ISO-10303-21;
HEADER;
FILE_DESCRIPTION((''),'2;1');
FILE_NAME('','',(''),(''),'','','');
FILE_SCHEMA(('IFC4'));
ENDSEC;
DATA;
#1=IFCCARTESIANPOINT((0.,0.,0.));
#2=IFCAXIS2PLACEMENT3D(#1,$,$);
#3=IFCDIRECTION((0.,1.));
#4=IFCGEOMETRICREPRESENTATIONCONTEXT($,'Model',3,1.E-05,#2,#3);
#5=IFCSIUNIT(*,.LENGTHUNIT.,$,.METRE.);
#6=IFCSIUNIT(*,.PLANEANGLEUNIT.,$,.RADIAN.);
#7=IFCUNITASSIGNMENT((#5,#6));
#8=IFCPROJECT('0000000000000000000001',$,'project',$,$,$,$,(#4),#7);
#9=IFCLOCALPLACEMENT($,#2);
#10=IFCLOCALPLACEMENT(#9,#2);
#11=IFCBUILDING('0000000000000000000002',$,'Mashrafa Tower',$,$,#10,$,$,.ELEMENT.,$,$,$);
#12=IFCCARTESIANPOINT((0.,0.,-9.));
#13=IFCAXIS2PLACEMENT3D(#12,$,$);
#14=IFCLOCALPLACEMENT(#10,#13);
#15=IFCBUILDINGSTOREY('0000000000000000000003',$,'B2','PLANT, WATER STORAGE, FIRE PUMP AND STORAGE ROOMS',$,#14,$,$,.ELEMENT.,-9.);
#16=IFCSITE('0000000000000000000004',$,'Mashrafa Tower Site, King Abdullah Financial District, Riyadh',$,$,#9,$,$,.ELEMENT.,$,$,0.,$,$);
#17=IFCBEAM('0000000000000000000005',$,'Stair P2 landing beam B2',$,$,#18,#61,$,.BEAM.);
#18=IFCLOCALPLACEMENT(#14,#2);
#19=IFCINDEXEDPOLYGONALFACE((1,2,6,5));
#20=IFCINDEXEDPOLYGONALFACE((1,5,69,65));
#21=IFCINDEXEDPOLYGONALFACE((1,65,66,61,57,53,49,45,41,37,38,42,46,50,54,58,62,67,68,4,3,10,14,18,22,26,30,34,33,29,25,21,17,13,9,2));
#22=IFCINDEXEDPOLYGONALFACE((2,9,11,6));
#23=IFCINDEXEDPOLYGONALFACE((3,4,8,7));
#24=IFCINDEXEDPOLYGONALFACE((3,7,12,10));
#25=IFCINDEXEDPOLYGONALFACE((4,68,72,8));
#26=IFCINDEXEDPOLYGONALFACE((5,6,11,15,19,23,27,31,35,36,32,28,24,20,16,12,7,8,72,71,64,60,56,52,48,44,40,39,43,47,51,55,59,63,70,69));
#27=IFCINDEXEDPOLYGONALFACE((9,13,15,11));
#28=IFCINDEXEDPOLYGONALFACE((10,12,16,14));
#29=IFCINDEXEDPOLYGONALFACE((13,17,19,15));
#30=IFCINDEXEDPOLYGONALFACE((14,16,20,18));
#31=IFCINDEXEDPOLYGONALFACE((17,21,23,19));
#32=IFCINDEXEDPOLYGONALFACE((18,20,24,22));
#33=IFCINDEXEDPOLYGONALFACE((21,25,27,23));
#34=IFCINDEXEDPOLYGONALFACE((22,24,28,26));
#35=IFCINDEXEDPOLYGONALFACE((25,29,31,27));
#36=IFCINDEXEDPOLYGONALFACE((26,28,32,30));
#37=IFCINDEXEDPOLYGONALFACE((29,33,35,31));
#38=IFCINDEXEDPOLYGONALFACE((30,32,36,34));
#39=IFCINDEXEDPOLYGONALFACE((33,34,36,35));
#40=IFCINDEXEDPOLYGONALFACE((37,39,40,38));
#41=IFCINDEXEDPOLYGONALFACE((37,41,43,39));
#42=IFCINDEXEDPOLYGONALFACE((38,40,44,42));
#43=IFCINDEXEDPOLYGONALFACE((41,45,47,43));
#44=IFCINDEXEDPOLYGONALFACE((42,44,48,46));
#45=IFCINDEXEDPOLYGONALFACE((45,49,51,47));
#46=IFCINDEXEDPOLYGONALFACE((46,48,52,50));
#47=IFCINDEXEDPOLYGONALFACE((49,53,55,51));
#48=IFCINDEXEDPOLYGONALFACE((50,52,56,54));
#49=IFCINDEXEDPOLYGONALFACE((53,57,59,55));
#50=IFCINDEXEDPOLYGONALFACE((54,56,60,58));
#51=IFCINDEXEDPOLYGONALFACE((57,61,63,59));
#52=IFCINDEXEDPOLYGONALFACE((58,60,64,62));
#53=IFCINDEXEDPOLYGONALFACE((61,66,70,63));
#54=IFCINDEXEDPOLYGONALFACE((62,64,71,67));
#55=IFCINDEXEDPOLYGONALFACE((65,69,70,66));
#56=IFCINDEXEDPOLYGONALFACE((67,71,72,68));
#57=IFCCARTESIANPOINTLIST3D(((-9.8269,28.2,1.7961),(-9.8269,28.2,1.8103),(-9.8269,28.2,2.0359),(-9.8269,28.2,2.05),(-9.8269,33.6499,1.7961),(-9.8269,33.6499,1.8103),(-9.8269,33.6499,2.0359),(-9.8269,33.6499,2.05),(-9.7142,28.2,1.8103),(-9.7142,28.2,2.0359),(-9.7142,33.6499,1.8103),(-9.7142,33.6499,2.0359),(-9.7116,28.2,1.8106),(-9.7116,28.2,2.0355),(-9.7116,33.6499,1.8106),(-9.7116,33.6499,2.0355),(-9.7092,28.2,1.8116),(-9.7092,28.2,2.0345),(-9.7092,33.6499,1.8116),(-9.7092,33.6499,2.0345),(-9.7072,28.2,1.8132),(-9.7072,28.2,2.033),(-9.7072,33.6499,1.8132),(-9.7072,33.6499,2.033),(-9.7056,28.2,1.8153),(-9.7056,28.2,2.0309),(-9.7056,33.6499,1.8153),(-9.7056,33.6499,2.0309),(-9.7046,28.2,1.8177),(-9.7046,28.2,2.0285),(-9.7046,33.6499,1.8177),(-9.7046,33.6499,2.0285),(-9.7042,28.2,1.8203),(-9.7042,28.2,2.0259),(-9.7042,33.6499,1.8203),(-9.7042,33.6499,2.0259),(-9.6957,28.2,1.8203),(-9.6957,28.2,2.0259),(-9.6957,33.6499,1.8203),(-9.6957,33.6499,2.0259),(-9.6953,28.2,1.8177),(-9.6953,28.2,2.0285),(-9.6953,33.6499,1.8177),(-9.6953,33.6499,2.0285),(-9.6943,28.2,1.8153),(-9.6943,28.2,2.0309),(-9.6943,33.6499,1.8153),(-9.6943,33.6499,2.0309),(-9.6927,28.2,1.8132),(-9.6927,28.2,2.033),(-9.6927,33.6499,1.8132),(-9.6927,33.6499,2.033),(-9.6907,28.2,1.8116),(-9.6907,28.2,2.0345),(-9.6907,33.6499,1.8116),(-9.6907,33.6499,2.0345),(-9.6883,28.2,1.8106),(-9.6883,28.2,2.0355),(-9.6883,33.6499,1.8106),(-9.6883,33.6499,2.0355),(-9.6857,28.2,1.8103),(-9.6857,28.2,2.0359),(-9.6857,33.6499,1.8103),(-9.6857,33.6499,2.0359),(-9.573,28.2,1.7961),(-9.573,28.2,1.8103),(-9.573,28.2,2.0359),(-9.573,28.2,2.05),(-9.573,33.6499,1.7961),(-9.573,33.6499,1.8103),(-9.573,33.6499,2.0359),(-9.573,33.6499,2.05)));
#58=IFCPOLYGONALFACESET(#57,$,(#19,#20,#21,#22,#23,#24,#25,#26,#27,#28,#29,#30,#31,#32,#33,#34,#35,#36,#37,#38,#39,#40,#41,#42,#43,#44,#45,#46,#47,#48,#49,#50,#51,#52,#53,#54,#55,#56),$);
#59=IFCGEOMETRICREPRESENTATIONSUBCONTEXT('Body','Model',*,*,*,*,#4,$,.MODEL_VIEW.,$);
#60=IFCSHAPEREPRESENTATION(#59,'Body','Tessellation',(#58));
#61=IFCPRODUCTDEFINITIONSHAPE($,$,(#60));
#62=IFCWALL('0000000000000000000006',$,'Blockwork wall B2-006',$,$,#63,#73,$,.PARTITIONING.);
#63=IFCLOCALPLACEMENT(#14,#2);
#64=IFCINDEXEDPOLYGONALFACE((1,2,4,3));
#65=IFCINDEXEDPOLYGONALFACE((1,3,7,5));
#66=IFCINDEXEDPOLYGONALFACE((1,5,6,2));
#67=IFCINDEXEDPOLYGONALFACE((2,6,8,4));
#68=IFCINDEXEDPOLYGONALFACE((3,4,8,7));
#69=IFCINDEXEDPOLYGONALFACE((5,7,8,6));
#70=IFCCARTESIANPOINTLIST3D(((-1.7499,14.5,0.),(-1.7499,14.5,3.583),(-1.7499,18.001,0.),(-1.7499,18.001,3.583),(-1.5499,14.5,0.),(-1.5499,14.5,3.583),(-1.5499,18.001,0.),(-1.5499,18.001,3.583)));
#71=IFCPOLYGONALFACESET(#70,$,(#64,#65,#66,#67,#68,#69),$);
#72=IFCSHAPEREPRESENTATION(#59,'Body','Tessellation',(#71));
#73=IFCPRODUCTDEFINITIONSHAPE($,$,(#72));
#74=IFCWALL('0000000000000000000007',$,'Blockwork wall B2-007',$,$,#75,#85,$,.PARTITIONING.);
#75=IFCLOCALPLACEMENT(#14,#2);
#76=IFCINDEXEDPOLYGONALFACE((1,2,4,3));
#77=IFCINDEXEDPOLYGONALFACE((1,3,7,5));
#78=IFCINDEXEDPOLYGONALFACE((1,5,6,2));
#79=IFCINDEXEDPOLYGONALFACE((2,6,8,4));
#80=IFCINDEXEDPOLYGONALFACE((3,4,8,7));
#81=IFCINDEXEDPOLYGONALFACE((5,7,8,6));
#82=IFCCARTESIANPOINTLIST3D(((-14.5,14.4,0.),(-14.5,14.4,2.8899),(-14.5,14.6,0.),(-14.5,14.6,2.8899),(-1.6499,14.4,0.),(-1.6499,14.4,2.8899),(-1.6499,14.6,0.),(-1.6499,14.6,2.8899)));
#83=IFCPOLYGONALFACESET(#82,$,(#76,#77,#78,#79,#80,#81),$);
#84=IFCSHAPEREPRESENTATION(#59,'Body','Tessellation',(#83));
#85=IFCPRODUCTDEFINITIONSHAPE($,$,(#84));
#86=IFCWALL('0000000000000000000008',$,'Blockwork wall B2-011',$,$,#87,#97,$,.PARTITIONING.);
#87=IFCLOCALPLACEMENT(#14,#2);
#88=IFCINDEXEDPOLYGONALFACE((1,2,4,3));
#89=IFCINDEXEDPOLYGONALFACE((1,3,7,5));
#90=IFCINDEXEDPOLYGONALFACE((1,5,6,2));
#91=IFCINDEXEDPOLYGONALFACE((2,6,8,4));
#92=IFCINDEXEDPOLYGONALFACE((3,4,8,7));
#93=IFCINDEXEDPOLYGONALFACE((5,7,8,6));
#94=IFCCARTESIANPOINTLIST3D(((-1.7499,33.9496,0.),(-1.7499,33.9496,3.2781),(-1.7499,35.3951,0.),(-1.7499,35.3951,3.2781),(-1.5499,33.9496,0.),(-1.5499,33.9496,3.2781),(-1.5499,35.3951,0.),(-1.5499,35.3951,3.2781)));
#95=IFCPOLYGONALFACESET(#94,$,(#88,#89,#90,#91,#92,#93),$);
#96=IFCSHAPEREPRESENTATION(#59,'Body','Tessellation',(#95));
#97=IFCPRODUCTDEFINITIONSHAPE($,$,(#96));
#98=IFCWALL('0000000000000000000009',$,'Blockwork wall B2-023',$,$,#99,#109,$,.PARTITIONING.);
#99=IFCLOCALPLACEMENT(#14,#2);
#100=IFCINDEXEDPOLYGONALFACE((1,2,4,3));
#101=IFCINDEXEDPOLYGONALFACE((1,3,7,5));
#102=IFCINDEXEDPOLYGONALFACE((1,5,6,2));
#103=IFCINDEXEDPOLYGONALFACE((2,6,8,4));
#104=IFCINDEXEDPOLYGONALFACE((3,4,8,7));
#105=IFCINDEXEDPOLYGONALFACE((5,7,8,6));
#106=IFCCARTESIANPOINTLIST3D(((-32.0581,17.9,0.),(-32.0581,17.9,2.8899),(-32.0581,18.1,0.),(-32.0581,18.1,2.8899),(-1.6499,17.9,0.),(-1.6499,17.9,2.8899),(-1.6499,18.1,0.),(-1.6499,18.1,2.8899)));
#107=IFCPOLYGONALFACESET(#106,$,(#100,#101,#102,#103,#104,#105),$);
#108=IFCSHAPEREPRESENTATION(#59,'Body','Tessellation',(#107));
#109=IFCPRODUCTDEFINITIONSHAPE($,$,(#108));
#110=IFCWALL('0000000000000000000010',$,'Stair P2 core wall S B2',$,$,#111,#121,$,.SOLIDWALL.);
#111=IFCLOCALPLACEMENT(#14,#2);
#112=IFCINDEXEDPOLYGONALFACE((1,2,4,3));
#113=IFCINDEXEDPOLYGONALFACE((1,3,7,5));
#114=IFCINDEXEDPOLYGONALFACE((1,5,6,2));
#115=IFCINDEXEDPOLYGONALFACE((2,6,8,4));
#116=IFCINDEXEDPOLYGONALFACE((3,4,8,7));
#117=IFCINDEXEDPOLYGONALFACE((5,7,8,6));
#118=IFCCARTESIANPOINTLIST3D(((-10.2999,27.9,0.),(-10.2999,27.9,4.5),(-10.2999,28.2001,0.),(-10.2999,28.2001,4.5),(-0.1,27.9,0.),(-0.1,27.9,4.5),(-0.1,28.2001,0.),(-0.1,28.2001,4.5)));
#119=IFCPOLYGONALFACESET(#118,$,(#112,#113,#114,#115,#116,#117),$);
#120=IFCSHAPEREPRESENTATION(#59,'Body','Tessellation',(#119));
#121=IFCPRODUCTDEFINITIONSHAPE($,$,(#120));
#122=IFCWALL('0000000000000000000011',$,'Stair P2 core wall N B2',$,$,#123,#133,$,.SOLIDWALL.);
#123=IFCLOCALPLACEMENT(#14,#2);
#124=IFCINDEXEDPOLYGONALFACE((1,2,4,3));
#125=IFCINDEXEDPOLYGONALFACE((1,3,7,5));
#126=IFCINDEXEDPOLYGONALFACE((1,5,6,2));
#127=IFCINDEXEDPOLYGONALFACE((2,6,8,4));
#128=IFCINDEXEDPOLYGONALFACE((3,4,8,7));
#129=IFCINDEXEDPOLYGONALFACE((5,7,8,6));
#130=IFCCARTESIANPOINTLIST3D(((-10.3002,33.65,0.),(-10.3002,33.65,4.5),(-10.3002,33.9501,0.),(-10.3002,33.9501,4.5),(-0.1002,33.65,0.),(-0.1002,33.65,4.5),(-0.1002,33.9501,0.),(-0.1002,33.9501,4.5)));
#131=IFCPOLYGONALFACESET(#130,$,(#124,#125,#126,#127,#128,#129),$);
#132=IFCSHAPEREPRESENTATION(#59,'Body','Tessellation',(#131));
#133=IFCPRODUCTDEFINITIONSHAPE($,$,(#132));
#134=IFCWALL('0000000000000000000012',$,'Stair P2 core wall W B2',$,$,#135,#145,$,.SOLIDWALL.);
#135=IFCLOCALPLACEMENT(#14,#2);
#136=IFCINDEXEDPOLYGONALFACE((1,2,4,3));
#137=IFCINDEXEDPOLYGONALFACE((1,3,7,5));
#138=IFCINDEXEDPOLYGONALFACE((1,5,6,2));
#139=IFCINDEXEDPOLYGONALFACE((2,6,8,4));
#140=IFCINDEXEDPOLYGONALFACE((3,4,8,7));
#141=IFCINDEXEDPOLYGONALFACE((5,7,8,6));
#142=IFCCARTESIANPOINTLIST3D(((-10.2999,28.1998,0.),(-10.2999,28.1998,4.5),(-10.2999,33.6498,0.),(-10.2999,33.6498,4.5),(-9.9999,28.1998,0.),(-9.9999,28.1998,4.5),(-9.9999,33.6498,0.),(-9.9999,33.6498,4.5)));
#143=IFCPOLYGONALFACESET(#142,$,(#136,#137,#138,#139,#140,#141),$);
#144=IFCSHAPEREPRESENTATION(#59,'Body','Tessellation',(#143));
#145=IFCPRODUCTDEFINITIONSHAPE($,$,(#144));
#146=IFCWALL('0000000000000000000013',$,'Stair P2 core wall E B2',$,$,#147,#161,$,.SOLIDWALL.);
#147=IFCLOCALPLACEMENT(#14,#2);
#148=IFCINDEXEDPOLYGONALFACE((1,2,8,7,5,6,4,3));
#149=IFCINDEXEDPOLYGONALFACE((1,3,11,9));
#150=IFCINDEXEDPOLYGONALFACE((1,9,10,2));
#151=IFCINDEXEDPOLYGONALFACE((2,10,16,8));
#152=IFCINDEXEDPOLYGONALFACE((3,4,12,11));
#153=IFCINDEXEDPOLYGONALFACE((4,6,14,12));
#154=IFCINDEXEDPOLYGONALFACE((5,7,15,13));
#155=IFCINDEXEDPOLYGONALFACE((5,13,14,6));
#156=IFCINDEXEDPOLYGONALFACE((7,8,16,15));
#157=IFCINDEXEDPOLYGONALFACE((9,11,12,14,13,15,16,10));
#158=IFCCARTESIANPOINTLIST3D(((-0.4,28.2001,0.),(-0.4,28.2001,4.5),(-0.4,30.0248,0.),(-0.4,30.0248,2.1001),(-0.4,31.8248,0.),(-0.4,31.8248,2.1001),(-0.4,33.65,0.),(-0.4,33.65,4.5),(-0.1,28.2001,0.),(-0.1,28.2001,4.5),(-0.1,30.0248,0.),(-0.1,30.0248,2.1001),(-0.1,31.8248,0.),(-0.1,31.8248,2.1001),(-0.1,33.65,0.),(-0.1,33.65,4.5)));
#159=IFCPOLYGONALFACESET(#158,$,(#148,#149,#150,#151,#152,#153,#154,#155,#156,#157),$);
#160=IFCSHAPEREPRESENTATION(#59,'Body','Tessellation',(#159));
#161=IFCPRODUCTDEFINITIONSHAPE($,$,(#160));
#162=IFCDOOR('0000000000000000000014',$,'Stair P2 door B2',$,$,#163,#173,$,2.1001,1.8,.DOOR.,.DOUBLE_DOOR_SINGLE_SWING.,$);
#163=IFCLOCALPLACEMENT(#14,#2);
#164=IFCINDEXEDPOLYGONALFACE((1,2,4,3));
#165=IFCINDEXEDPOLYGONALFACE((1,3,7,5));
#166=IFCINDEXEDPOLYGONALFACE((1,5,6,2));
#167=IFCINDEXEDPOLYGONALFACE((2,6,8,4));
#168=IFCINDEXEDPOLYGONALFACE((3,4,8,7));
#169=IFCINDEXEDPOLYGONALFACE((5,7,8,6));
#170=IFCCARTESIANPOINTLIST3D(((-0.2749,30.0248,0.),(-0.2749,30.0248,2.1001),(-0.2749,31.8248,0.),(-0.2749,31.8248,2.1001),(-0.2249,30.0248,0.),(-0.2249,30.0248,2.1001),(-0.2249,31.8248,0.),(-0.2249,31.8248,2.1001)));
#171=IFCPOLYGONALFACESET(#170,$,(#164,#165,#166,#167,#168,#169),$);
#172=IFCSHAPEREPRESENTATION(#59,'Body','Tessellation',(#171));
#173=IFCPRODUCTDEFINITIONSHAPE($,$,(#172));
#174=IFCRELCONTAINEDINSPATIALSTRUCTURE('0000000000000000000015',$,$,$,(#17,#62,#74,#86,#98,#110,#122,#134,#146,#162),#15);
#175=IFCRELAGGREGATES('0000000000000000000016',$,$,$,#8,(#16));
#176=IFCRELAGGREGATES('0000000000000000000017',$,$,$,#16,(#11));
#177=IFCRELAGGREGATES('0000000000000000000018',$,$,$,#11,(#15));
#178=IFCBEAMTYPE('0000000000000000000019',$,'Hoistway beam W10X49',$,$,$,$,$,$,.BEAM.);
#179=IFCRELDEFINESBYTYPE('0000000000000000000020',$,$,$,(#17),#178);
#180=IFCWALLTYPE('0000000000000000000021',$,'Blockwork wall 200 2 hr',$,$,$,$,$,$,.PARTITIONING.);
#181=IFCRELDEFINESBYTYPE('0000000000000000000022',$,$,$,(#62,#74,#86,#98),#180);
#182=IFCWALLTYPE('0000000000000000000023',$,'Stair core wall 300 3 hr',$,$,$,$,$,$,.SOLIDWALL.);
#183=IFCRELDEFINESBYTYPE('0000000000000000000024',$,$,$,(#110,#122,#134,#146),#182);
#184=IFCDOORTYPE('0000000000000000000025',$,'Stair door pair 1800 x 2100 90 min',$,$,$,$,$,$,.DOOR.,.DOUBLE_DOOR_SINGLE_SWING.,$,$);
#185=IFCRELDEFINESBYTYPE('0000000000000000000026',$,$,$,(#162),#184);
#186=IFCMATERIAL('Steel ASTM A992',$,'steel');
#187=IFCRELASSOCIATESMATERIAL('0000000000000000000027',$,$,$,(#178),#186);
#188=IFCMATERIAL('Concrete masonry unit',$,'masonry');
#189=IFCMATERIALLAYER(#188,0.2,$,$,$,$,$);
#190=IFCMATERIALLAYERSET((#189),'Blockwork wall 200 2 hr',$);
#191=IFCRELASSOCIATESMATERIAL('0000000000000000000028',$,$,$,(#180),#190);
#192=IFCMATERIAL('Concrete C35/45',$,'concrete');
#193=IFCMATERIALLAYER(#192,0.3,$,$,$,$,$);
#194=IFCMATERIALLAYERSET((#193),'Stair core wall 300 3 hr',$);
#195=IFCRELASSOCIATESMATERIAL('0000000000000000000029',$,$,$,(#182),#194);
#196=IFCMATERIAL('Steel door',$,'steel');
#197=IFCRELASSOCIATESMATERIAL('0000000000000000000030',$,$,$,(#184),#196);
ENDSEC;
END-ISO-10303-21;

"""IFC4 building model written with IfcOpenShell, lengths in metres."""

from ifc_helpers import new_model, si_unit, direction, frame, frame_2d, origin, origin_2d, place, context, subcontext, project, spatial, rectangle, i_section, extrude, material, layer, layer_set, material_profile, profile_set, type_object, element, fill, save


model = new_model("IFC4")

# Units and contexts
model_context = context("Model", 3, precision=1e-05, world=origin(), true_north=direction((0.0, 1.0)))
body_context = subcontext(model_context, "Body", "Model", "MODEL_VIEW")
ifc_project = project(units=[si_unit("LENGTHUNIT", "METRE"), si_unit("PLANEANGLEUNIT", "RADIAN")], contexts=[model_context])

# Site, building, storey
site_placement = place(None, origin())
site = spatial("IfcSite", under=ifc_project, at=site_placement, Name="Mashrafa Tower Site, King Abdullah Financial District, Riyadh", CompositionType="ELEMENT", RefElevation=0.0)
building_placement = place(site_placement, origin())
building = spatial("IfcBuilding", under=site, at=building_placement, Name="Mashrafa Tower", CompositionType="ELEMENT")
storey_placement = place(building_placement, frame((0.0, 0.0, -9.0)))
storey = spatial("IfcBuildingStorey", under=building, at=storey_placement, Name="B2", Description="PLANT, WATER STORAGE, FIRE PUMP AND STORAGE ROOMS", CompositionType="ELEMENT", Elevation=-9.0)

# Beam
ifc_material_1 = material(Name="Steel ASTM A992", Category="steel")
ifc_material_profile_1 = material_profile(ifc_material_1, i_section(OverallWidth=0.2539, OverallDepth=0.2539, WebThickness=0.0085, FlangeThickness=0.0142, FilletRadius=0.01, at=origin_2d()), Name="W10X49")
ifc_profile_set_1 = profile_set([ifc_material_profile_1], Name="Steel ASTM A992")
beam_type = type_object("IfcBeamType", Name="Hoistway beam W10X49", PredefinedType="BEAM", material=ifc_profile_set_1)
beam_placement = place(storey_placement, frame((-9.7, 28.2, 1.9231), z_axis=(0.0, 1.0, 0.0), x_axis=(-1.0, 0.0, 0.0)))
element("IfcBeam", 1, at=beam_placement, inside=storey, type_object=beam_type, Name="Stair P2 landing beam B2", PredefinedType="BEAM", context=body_context, shape_type="SweptSolid", body=[
    extrude(i_section(OverallWidth=0.2539, OverallDepth=0.2539, WebThickness=0.0085, FlangeThickness=0.0142, FilletRadius=0.01, at=origin_2d()), origin(), (0.0, 0.0, 1.0), 5.45),
])

# Walls
ifc_material_2 = material(Name="Concrete masonry unit", Category="masonry")
ifc_layer_1 = layer(ifc_material_2, 0.2)
ifc_layer_set_1 = layer_set([ifc_layer_1], Name="Blockwork wall 200 2 hr")
wall_type_1 = type_object("IfcWallType", Name="Blockwork wall 200 2 hr", PredefinedType="PARTITIONING", material=ifc_layer_set_1)
wall_1_placement = place(storey_placement, frame((-1.6499, 18.001, 0.0), z_axis=(0.0, 0.0, 1.0), x_axis=(0.0, -1.0, 0.0)))
element("IfcWall", 2, at=wall_1_placement, inside=storey, type_object=wall_type_1, Name="Blockwork wall B2-006", PredefinedType="PARTITIONING", context=body_context, shape_type="SweptSolid", body=[
    extrude(rectangle(XDim=3.501, YDim=0.2, at=frame_2d((1.7505, 0.0))), origin(), (0.0, 0.0, 1.0), 3.583),
])
wall_2_placement = place(storey_placement, frame((-1.6499, 14.5, 0.0), z_axis=(0.0, 0.0, 1.0), x_axis=(-1.0, 0.0, 0.0)))
element("IfcWall", 3, at=wall_2_placement, inside=storey, type_object=wall_type_1, Name="Blockwork wall B2-007", PredefinedType="PARTITIONING", context=body_context, shape_type="SweptSolid", body=[
    extrude(rectangle(XDim=12.8501, YDim=0.2, at=frame_2d((6.425, 0.0))), origin(), (0.0, 0.0, 1.0), 2.8899),
])

# Walls
wall_3_placement = place(storey_placement, frame((-1.6499, 35.395, 0.0), z_axis=(0.0, 0.0, 1.0), x_axis=(0.0, -1.0, 0.0)))
element("IfcWall", 4, at=wall_3_placement, inside=storey, type_object=wall_type_1, Name="Blockwork wall B2-011", PredefinedType="PARTITIONING", context=body_context, shape_type="SweptSolid", body=[
    extrude(rectangle(XDim=1.4456, YDim=0.2, at=frame_2d((0.7227, 0.0))), origin(), (0.0, 0.0, 1.0), 3.2781),
])
wall_4_placement = place(storey_placement, frame((-1.6499, 18.0, 0.0), z_axis=(0.0, 0.0, 1.0), x_axis=(-1.0, 0.0, 0.0)))
element("IfcWall", 5, at=wall_4_placement, inside=storey, type_object=wall_type_1, Name="Blockwork wall B2-023", PredefinedType="PARTITIONING", context=body_context, shape_type="SweptSolid", body=[
    extrude(rectangle(XDim=30.4082, YDim=0.2, at=frame_2d((15.2041, 0.0))), origin(), (0.0, 0.0, 1.0), 2.8899),
])
ifc_material_3 = material(Name="Concrete C35/45", Category="concrete")
ifc_layer_2 = layer(ifc_material_3, 0.3)
ifc_layer_set_2 = layer_set([ifc_layer_2], Name="Stair core wall 300 3 hr")
wall_type_2 = type_object("IfcWallType", Name="Stair core wall 300 3 hr", PredefinedType="SOLIDWALL", material=ifc_layer_set_2)
for number, where, z_axis, x_axis, name in (
    (6, (-10.3, 28.05, 0.0), (0.0, 0.0, 1.0), (1.0, 0.0, 0.0), "Stair P2 core wall S B2"),
    (7, (-0.1001, 33.8, 0.0), (0.0, 0.0, 1.0), (-1.0, 0.0, 0.0), "Stair P2 core wall N B2"),
):
    element("IfcWall", number, at=place(storey_placement, frame(where, z_axis=z_axis, x_axis=x_axis)), inside=storey, type_object=wall_type_2, Name=name, PredefinedType="SOLIDWALL", context=body_context, shape_type="SweptSolid", body=[
        extrude(rectangle(XDim=10.2, YDim=0.3, at=frame_2d((5.1001, 0.0))), origin(), (0.0, 0.0, 1.0), 4.5),
    ])
wall_5_placement = place(storey_placement, frame((-10.1499, 33.6499, 0.0), z_axis=(0.0, 0.0, 1.0), x_axis=(0.0, -1.0, 0.0)))
element("IfcWall", 8, at=wall_5_placement, inside=storey, type_object=wall_type_2, Name="Stair P2 core wall W B2", PredefinedType="SOLIDWALL", context=body_context, shape_type="SweptSolid", body=[
    extrude(rectangle(XDim=5.45, YDim=0.3, at=frame_2d((2.7251, 0.0))), origin(), (0.0, 0.0, 1.0), 4.5),
])

# Wall, opening, door
wall_6_placement = place(storey_placement, frame((-0.25, 28.2, 0.0), z_axis=(0.0, 0.0, 1.0), x_axis=(0.0, 1.0, 0.0)))
wall_6 = element("IfcWall", 9, at=wall_6_placement, inside=storey, type_object=wall_type_2, Name="Stair P2 core wall E B2", PredefinedType="SOLIDWALL", context=body_context, shape_type="SweptSolid", body=[
    extrude(rectangle(XDim=5.45, YDim=0.3, at=frame_2d((2.7251, 0.0))), origin(), (0.0, 0.0, 1.0), 4.5),
])
opening_1_placement = place(wall_6_placement, frame((1.825, 0.0, 0.0)))
opening_1 = element("IfcOpeningElement", 10, at=opening_1_placement, cuts=wall_6, PredefinedType="OPENING", context=body_context, shape_type="SweptSolid", body=[
    extrude(rectangle(XDim=1.8, YDim=2.1001, at=frame_2d((0.8999, 1.05))), frame((0.0, 0.1599, 0.0), z_axis=(0.0, -1.0, 0.0), x_axis=(1.0, 0.0, 0.0)), (0.0, 0.0, 1.0), 0.3201),
])
ifc_material_4 = material(Name="Steel door", Category="steel")
door_type_1 = type_object("IfcDoorType", Name="Stair door pair 1800 x 2100 90 min", OperationType="DOUBLE_DOOR_SINGLE_SWING", PredefinedType="DOOR", material=ifc_material_4)
door_1_placement = place(opening_1_placement, origin())
door_1 = element("IfcDoor", 11, at=door_1_placement, inside=storey, type_object=door_type_1, Name="Stair P2 door B2", OperationType="DOUBLE_DOOR_SINGLE_SWING", OverallHeight=2.1001, OverallWidth=1.8, PredefinedType="DOOR", context=body_context, shape_type="SweptSolid", body=[
    extrude(rectangle(XDim=1.8, YDim=2.1001, at=frame_2d((0.8999, 1.05))), frame((0.0, 0.0249, 0.0), z_axis=(0.0, -1.0, 0.0), x_axis=(1.0, 0.0, 0.0)), (0.0, 0.0, 1.0), 0.05),
])
fill(opening_1, door_1)

save(model, "model.ifc")
